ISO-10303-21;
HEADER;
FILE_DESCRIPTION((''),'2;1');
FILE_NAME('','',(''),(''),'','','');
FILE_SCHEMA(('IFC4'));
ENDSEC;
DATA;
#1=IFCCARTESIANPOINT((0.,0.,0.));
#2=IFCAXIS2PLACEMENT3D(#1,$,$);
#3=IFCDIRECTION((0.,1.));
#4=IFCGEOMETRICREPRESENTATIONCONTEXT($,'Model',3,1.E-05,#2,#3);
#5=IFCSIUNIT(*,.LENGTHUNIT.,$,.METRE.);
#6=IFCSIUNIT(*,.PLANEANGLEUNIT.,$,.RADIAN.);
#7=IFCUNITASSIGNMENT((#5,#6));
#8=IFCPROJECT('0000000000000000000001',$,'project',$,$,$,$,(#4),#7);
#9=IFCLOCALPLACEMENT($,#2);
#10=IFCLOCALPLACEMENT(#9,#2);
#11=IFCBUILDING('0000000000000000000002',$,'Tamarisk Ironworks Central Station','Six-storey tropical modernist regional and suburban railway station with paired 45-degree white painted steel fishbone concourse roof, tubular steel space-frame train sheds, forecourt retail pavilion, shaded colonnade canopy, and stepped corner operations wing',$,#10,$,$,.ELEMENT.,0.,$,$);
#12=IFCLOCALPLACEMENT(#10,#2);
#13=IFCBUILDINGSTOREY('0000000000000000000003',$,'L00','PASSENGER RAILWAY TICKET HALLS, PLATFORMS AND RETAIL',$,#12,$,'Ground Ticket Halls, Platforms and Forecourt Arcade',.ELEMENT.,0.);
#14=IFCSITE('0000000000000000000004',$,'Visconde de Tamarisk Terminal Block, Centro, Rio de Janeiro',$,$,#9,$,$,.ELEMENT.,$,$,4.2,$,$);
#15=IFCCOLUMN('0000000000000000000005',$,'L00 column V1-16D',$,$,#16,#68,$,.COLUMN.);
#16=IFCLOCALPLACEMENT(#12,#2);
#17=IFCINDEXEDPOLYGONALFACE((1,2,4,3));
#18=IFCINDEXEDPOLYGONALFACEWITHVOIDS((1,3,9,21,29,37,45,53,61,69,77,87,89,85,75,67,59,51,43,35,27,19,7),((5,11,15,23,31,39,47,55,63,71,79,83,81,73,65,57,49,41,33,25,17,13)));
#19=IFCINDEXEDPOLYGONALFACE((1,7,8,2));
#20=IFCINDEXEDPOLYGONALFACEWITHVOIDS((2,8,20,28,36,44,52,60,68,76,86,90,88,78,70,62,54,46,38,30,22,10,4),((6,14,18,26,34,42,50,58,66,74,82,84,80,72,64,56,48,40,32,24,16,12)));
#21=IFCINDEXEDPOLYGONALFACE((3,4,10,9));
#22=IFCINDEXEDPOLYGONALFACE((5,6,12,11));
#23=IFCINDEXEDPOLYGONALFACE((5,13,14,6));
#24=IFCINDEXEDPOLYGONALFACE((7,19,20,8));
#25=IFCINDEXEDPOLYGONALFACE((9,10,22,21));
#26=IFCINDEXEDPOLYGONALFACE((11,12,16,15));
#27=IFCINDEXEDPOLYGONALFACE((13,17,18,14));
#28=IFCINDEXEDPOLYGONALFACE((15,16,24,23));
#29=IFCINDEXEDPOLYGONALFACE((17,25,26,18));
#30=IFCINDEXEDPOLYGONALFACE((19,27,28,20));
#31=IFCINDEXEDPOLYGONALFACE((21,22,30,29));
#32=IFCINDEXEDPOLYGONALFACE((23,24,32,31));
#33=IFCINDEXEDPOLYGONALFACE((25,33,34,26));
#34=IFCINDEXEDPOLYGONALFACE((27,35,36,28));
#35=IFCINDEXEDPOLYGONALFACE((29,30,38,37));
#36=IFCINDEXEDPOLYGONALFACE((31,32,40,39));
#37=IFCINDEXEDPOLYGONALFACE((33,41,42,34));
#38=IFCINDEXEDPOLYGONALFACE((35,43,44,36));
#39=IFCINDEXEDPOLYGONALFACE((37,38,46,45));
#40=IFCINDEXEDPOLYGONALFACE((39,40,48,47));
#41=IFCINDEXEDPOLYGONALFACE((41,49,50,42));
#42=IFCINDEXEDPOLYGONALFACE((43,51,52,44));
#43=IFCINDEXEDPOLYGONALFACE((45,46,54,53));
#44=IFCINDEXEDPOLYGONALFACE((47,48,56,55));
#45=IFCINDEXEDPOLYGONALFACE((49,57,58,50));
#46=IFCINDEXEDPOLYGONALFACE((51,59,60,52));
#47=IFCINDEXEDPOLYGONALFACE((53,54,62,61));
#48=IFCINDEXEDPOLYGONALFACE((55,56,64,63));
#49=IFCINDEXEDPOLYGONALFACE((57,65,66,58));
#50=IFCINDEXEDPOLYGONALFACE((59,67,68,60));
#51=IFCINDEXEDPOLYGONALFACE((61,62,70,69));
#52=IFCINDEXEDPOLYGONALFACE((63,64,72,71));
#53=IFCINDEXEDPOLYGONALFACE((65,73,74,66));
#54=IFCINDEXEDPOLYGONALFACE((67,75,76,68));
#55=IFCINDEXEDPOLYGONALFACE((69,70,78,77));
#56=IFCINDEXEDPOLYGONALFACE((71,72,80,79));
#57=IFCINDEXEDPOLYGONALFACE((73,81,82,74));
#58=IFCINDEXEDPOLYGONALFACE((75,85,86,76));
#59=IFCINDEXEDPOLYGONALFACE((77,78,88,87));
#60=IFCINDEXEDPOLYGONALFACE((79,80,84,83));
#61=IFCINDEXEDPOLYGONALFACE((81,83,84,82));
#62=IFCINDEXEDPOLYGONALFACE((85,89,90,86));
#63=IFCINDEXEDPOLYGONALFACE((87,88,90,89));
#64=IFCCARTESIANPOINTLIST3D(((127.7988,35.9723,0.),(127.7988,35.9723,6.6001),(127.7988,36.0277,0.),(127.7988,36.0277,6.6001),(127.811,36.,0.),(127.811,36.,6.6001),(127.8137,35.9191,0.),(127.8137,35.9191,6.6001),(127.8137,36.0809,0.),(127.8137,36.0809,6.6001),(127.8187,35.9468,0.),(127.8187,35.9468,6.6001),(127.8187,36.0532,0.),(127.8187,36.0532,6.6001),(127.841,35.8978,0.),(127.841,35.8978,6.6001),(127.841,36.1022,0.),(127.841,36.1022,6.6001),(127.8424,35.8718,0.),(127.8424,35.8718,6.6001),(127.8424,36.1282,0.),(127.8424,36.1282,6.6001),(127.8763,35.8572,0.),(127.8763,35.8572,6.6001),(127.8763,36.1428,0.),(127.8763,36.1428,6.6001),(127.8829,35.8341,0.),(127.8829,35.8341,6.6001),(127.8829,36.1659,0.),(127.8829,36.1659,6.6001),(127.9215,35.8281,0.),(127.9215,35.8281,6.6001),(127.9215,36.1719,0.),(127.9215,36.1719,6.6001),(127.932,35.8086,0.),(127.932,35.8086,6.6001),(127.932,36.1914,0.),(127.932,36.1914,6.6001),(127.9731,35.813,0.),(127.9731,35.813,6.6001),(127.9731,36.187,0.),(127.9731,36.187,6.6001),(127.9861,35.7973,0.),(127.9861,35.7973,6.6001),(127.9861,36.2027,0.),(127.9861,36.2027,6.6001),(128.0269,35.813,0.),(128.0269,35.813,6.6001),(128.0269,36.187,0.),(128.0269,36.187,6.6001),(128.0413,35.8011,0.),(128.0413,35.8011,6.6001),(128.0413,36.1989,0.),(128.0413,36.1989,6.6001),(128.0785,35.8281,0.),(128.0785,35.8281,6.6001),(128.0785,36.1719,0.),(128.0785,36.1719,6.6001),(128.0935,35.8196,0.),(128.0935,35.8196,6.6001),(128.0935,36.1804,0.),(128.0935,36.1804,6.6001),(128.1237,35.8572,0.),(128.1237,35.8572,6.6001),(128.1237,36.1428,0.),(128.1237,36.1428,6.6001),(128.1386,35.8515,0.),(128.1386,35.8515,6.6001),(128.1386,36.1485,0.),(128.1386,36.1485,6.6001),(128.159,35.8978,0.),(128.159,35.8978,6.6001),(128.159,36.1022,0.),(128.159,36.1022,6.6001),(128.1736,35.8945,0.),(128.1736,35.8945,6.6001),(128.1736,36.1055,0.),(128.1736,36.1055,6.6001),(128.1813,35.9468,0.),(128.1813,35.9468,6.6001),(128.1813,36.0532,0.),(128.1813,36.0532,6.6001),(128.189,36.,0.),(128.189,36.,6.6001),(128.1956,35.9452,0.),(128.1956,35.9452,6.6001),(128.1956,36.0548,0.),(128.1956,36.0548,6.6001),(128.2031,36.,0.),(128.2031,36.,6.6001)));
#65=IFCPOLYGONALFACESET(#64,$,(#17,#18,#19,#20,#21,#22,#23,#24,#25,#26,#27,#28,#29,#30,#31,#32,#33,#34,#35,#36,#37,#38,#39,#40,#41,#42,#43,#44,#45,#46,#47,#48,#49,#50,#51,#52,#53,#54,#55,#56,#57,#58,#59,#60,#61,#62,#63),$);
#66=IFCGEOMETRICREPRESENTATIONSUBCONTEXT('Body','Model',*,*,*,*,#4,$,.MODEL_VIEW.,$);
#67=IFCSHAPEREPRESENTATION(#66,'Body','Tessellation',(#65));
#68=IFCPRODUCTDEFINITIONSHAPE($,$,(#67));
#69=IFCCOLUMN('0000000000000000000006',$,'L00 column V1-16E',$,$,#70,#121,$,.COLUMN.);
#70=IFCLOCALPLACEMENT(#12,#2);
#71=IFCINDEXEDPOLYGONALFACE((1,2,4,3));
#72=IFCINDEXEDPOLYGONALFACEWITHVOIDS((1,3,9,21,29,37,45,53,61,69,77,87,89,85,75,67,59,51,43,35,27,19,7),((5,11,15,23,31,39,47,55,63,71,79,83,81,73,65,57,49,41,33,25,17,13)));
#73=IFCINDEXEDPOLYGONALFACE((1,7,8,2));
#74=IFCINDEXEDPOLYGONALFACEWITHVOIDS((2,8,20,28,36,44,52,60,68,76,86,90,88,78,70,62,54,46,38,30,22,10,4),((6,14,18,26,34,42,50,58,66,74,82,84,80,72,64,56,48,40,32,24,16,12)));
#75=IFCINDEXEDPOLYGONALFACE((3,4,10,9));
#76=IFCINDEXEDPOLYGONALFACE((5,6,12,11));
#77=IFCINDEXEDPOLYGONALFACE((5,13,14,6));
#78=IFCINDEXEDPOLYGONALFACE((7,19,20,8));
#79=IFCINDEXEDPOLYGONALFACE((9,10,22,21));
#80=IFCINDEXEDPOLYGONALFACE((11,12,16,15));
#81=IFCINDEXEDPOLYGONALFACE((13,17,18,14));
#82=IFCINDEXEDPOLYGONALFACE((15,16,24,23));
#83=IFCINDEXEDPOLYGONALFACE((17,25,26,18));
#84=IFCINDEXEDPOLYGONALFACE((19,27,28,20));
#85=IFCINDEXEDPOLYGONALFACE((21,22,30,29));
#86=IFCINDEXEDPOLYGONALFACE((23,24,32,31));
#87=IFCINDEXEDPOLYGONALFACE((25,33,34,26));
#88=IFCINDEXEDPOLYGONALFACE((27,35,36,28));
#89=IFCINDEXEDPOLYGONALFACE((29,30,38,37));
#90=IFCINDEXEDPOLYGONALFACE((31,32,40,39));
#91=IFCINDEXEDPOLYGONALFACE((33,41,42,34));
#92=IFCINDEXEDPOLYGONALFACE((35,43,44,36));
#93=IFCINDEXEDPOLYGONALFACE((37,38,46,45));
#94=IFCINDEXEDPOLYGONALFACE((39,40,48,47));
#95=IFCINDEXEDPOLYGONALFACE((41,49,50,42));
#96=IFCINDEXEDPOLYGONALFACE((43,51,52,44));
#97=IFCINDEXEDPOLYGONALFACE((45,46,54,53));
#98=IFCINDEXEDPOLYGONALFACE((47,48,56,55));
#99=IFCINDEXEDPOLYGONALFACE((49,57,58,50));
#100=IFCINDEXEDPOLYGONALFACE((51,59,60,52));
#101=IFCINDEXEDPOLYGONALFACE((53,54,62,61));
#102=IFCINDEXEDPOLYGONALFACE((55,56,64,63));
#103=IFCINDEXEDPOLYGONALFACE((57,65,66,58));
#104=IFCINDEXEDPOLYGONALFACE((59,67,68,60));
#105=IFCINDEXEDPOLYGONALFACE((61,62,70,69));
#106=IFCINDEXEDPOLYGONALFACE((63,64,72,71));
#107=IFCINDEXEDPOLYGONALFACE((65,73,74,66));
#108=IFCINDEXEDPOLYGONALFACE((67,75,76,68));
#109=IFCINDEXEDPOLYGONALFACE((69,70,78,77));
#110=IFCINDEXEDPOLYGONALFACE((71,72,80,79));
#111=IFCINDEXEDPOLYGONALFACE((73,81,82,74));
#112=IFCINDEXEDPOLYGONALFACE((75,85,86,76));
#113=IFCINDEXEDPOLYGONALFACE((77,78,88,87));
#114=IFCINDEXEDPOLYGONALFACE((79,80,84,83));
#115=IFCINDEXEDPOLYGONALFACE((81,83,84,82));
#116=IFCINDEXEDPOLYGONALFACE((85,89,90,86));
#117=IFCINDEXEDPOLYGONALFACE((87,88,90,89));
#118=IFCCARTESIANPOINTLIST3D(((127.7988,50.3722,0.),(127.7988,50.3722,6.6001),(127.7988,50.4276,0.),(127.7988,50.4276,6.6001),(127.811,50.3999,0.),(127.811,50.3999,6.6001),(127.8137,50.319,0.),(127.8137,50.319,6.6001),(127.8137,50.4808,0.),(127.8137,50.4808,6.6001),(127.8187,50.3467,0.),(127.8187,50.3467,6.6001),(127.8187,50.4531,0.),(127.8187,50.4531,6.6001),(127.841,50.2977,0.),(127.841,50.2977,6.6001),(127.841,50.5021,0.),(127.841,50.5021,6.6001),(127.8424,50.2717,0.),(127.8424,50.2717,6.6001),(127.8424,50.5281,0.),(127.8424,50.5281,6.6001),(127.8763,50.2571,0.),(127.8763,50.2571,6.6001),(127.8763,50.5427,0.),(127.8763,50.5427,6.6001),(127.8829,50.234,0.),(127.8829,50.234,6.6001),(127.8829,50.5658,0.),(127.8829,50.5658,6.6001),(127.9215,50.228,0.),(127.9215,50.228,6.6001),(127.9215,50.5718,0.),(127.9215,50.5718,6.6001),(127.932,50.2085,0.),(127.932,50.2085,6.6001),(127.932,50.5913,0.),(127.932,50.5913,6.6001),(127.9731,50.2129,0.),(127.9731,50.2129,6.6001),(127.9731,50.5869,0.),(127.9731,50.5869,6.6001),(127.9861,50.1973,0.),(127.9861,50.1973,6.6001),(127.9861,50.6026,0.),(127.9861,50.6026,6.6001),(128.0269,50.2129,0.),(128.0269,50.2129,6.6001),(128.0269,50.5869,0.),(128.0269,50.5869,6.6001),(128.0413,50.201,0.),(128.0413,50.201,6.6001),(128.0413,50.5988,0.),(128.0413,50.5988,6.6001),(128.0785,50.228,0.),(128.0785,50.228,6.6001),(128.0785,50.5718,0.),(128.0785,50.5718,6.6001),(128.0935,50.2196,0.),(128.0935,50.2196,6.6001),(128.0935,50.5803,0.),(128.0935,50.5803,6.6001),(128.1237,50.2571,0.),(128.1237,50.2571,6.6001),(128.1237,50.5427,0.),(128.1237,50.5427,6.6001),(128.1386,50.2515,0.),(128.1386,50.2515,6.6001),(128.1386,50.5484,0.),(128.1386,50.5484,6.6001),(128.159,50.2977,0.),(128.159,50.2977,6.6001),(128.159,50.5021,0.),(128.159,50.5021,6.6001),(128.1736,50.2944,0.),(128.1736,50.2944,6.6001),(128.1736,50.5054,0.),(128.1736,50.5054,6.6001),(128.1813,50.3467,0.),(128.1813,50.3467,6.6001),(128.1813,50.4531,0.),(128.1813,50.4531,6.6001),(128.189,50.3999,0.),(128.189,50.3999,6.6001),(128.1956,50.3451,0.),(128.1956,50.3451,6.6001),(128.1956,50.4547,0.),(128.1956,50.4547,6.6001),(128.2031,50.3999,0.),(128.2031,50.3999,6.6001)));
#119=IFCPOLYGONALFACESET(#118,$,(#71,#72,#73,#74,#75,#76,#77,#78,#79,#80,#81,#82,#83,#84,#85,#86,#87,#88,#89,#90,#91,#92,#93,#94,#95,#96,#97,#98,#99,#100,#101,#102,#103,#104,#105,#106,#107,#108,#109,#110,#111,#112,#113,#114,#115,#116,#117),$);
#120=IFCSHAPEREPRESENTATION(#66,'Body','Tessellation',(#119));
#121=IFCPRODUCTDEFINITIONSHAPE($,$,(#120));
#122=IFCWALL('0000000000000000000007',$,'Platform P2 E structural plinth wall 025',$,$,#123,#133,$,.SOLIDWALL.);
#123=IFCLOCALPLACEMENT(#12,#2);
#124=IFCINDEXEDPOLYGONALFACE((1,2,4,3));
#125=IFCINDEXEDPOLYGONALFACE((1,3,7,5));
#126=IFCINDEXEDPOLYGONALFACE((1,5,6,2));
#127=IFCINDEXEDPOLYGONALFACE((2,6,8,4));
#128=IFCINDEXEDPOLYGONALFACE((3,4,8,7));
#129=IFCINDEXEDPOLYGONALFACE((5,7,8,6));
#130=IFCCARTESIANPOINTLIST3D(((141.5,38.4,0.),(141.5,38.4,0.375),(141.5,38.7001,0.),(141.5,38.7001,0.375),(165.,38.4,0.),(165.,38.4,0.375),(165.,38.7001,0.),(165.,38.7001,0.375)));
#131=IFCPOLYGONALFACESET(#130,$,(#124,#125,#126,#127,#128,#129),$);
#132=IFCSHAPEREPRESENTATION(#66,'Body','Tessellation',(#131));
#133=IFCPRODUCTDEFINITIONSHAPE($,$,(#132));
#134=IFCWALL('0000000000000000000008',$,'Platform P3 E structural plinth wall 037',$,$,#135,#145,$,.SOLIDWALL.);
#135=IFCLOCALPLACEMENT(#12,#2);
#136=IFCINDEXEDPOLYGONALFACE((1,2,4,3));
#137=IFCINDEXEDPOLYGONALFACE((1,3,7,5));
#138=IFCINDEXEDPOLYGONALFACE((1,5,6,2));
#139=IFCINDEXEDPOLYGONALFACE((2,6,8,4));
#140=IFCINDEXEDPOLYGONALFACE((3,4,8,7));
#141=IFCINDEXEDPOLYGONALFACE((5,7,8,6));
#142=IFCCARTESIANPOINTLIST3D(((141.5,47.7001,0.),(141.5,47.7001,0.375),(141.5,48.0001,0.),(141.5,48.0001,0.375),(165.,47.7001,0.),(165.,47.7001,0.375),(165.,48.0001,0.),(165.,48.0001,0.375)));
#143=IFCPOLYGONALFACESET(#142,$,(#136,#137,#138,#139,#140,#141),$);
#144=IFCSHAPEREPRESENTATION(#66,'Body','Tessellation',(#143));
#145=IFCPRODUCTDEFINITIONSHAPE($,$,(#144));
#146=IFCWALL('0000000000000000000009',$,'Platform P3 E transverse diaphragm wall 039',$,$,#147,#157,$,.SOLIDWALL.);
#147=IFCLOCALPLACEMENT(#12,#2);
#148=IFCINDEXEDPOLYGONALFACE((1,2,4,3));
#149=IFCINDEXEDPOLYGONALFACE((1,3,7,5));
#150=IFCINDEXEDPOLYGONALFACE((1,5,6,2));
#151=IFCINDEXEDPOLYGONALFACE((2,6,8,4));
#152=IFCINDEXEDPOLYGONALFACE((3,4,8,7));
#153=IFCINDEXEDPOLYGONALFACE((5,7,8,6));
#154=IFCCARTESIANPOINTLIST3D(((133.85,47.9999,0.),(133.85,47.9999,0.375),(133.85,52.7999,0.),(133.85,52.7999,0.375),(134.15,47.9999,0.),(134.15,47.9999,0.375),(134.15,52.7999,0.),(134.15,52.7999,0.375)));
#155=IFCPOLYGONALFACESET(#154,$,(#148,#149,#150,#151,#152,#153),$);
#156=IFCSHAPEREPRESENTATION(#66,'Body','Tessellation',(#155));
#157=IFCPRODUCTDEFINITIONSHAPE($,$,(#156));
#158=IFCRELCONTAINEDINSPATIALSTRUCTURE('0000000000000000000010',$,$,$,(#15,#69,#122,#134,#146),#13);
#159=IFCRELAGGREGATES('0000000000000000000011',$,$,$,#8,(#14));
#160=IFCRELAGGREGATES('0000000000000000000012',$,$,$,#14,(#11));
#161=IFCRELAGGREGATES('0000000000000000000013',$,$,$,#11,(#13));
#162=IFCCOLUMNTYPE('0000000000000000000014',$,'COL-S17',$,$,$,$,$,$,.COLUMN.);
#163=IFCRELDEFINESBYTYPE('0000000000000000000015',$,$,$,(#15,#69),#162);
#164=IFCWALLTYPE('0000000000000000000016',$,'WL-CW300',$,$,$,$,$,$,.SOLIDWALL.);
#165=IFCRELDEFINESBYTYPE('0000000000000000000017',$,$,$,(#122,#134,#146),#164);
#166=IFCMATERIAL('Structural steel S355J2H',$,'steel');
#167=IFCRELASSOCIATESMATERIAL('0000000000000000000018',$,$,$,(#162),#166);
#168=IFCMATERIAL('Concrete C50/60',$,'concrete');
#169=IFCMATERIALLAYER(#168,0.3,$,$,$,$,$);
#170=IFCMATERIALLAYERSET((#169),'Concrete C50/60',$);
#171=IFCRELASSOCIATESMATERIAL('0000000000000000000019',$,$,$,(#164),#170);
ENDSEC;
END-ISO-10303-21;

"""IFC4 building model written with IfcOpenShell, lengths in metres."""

from ifc_helpers import new_model, si_unit, direction, frame, frame_2d, origin, origin_2d, place, context, subcontext, project, spatial, rectangle, hollow_circle, extrude, material, layer, layer_set, material_profile, profile_set, type_object, element, save


model = new_model("IFC4")

# Units and contexts
model_context = context("Model", 3, precision=1e-05, world=origin(), true_north=direction((0.0, 1.0)))
body_context = subcontext(model_context, "Body", "Model", "MODEL_VIEW")
ifc_project = project(units=[si_unit("LENGTHUNIT", "METRE"), si_unit("PLANEANGLEUNIT", "RADIAN")], contexts=[model_context])

# Site, building, storey
site_placement = place(None, origin())
site = spatial("IfcSite", under=ifc_project, at=site_placement, Name="Visconde de Tamarisk Terminal Block, Centro, Rio de Janeiro", CompositionType="ELEMENT", RefElevation=4.2)
building_placement = place(site_placement, origin())
building = spatial("IfcBuilding", under=site, at=building_placement, Name="Tamarisk Ironworks Central Station", Description="Six-storey tropical modernist regional and suburban railway station with paired 45-degree white painted steel fishbone concourse roof, tubular steel space-frame train sheds, forecourt retail pavilion, shaded colonnade canopy, and stepped corner operations wing", CompositionType="ELEMENT", ElevationOfRefHeight=0.0)
storey_placement = place(building_placement, origin())
storey = spatial("IfcBuildingStorey", under=building, at=storey_placement, Name="L00", Description="PASSENGER RAILWAY TICKET HALLS, PLATFORMS AND RETAIL", LongName="Ground Ticket Halls, Platforms and Forecourt Arcade", CompositionType="ELEMENT", Elevation=0.0)

# Columns
ifc_material_1 = material(Name="Structural steel S355J2H", Category="steel")
ifc_material_profile_1 = material_profile(ifc_material_1, hollow_circle(Radius=0.2031, WallThickness=0.0142, at=origin_2d()), Name="CHS 406.4x14.2")
ifc_profile_set_1 = profile_set([ifc_material_profile_1], Name="Structural steel S355J2H")
column_type_1 = type_object("IfcColumnType", Name="COL-S17", PredefinedType="COLUMN", material=ifc_profile_set_1)
for number, where, z_axis, x_axis, name in (
    (1, (128.0, 36.0, 0.0), (0.0, 0.0, 1.0), (1.0, 0.0, 0.0), "L00 column V1-16D"),
    (2, (128.0, 50.3999, 0.0), (0.0, 0.0, 1.0), (1.0, 0.0, 0.0), "L00 column V1-16E"),
):
    element("IfcColumn", number, at=place(storey_placement, frame(where, z_axis=z_axis, x_axis=x_axis)), inside=storey, type_object=column_type_1, Name=name, PredefinedType="COLUMN", context=body_context, shape_type="SweptSolid", body=[
        extrude(hollow_circle(Radius=0.2031, WallThickness=0.0142, at=origin_2d()), origin(), (0.0, 0.0, 1.0), 6.6001),
    ])

# Walls
ifc_material_2 = material(Name="Concrete C50/60", Category="concrete")
ifc_layer = layer(ifc_material_2, 0.3)
ifc_layer_set = layer_set([ifc_layer], Name="Concrete C50/60")
wall_type = type_object("IfcWallType", Name="WL-CW300", PredefinedType="SOLIDWALL", material=ifc_layer_set)
for number, where, z_axis, x_axis, name in (
    (3, (141.5, 38.55, 0.0), (0.0, 0.0, 1.0), (1.0, 0.0, 0.0), "Platform P2 E structural plinth wall 025"),
    (4, (141.5, 47.8501, 0.0), (0.0, 0.0, 1.0), (1.0, 0.0, 0.0), "Platform P3 E structural plinth wall 037"),
):
    element("IfcWall", number, at=place(storey_placement, frame(where, z_axis=z_axis, x_axis=x_axis)), inside=storey, type_object=wall_type, Name=name, PredefinedType="SOLIDWALL", context=body_context, shape_type="SweptSolid", body=[
        extrude(rectangle(XDim=23.5, YDim=0.3, at=frame_2d((11.75, 0.0))), origin(), (0.0, 0.0, 1.0), 0.375),
    ])
wall_placement = place(storey_placement, frame((134.0, 48.0, 0.0), z_axis=(0.0, 0.0, 1.0), x_axis=(0.0, 1.0, 0.0)))
element("IfcWall", 5, at=wall_placement, inside=storey, type_object=wall_type, Name="Platform P3 E transverse diaphragm wall 039", PredefinedType="SOLIDWALL", context=body_context, shape_type="SweptSolid", body=[
    extrude(rectangle(XDim=4.8, YDim=0.3, at=frame_2d((2.3999, 0.0))), origin(), (0.0, 0.0, 1.0), 0.375),
])

save(model, "model.ifc")
